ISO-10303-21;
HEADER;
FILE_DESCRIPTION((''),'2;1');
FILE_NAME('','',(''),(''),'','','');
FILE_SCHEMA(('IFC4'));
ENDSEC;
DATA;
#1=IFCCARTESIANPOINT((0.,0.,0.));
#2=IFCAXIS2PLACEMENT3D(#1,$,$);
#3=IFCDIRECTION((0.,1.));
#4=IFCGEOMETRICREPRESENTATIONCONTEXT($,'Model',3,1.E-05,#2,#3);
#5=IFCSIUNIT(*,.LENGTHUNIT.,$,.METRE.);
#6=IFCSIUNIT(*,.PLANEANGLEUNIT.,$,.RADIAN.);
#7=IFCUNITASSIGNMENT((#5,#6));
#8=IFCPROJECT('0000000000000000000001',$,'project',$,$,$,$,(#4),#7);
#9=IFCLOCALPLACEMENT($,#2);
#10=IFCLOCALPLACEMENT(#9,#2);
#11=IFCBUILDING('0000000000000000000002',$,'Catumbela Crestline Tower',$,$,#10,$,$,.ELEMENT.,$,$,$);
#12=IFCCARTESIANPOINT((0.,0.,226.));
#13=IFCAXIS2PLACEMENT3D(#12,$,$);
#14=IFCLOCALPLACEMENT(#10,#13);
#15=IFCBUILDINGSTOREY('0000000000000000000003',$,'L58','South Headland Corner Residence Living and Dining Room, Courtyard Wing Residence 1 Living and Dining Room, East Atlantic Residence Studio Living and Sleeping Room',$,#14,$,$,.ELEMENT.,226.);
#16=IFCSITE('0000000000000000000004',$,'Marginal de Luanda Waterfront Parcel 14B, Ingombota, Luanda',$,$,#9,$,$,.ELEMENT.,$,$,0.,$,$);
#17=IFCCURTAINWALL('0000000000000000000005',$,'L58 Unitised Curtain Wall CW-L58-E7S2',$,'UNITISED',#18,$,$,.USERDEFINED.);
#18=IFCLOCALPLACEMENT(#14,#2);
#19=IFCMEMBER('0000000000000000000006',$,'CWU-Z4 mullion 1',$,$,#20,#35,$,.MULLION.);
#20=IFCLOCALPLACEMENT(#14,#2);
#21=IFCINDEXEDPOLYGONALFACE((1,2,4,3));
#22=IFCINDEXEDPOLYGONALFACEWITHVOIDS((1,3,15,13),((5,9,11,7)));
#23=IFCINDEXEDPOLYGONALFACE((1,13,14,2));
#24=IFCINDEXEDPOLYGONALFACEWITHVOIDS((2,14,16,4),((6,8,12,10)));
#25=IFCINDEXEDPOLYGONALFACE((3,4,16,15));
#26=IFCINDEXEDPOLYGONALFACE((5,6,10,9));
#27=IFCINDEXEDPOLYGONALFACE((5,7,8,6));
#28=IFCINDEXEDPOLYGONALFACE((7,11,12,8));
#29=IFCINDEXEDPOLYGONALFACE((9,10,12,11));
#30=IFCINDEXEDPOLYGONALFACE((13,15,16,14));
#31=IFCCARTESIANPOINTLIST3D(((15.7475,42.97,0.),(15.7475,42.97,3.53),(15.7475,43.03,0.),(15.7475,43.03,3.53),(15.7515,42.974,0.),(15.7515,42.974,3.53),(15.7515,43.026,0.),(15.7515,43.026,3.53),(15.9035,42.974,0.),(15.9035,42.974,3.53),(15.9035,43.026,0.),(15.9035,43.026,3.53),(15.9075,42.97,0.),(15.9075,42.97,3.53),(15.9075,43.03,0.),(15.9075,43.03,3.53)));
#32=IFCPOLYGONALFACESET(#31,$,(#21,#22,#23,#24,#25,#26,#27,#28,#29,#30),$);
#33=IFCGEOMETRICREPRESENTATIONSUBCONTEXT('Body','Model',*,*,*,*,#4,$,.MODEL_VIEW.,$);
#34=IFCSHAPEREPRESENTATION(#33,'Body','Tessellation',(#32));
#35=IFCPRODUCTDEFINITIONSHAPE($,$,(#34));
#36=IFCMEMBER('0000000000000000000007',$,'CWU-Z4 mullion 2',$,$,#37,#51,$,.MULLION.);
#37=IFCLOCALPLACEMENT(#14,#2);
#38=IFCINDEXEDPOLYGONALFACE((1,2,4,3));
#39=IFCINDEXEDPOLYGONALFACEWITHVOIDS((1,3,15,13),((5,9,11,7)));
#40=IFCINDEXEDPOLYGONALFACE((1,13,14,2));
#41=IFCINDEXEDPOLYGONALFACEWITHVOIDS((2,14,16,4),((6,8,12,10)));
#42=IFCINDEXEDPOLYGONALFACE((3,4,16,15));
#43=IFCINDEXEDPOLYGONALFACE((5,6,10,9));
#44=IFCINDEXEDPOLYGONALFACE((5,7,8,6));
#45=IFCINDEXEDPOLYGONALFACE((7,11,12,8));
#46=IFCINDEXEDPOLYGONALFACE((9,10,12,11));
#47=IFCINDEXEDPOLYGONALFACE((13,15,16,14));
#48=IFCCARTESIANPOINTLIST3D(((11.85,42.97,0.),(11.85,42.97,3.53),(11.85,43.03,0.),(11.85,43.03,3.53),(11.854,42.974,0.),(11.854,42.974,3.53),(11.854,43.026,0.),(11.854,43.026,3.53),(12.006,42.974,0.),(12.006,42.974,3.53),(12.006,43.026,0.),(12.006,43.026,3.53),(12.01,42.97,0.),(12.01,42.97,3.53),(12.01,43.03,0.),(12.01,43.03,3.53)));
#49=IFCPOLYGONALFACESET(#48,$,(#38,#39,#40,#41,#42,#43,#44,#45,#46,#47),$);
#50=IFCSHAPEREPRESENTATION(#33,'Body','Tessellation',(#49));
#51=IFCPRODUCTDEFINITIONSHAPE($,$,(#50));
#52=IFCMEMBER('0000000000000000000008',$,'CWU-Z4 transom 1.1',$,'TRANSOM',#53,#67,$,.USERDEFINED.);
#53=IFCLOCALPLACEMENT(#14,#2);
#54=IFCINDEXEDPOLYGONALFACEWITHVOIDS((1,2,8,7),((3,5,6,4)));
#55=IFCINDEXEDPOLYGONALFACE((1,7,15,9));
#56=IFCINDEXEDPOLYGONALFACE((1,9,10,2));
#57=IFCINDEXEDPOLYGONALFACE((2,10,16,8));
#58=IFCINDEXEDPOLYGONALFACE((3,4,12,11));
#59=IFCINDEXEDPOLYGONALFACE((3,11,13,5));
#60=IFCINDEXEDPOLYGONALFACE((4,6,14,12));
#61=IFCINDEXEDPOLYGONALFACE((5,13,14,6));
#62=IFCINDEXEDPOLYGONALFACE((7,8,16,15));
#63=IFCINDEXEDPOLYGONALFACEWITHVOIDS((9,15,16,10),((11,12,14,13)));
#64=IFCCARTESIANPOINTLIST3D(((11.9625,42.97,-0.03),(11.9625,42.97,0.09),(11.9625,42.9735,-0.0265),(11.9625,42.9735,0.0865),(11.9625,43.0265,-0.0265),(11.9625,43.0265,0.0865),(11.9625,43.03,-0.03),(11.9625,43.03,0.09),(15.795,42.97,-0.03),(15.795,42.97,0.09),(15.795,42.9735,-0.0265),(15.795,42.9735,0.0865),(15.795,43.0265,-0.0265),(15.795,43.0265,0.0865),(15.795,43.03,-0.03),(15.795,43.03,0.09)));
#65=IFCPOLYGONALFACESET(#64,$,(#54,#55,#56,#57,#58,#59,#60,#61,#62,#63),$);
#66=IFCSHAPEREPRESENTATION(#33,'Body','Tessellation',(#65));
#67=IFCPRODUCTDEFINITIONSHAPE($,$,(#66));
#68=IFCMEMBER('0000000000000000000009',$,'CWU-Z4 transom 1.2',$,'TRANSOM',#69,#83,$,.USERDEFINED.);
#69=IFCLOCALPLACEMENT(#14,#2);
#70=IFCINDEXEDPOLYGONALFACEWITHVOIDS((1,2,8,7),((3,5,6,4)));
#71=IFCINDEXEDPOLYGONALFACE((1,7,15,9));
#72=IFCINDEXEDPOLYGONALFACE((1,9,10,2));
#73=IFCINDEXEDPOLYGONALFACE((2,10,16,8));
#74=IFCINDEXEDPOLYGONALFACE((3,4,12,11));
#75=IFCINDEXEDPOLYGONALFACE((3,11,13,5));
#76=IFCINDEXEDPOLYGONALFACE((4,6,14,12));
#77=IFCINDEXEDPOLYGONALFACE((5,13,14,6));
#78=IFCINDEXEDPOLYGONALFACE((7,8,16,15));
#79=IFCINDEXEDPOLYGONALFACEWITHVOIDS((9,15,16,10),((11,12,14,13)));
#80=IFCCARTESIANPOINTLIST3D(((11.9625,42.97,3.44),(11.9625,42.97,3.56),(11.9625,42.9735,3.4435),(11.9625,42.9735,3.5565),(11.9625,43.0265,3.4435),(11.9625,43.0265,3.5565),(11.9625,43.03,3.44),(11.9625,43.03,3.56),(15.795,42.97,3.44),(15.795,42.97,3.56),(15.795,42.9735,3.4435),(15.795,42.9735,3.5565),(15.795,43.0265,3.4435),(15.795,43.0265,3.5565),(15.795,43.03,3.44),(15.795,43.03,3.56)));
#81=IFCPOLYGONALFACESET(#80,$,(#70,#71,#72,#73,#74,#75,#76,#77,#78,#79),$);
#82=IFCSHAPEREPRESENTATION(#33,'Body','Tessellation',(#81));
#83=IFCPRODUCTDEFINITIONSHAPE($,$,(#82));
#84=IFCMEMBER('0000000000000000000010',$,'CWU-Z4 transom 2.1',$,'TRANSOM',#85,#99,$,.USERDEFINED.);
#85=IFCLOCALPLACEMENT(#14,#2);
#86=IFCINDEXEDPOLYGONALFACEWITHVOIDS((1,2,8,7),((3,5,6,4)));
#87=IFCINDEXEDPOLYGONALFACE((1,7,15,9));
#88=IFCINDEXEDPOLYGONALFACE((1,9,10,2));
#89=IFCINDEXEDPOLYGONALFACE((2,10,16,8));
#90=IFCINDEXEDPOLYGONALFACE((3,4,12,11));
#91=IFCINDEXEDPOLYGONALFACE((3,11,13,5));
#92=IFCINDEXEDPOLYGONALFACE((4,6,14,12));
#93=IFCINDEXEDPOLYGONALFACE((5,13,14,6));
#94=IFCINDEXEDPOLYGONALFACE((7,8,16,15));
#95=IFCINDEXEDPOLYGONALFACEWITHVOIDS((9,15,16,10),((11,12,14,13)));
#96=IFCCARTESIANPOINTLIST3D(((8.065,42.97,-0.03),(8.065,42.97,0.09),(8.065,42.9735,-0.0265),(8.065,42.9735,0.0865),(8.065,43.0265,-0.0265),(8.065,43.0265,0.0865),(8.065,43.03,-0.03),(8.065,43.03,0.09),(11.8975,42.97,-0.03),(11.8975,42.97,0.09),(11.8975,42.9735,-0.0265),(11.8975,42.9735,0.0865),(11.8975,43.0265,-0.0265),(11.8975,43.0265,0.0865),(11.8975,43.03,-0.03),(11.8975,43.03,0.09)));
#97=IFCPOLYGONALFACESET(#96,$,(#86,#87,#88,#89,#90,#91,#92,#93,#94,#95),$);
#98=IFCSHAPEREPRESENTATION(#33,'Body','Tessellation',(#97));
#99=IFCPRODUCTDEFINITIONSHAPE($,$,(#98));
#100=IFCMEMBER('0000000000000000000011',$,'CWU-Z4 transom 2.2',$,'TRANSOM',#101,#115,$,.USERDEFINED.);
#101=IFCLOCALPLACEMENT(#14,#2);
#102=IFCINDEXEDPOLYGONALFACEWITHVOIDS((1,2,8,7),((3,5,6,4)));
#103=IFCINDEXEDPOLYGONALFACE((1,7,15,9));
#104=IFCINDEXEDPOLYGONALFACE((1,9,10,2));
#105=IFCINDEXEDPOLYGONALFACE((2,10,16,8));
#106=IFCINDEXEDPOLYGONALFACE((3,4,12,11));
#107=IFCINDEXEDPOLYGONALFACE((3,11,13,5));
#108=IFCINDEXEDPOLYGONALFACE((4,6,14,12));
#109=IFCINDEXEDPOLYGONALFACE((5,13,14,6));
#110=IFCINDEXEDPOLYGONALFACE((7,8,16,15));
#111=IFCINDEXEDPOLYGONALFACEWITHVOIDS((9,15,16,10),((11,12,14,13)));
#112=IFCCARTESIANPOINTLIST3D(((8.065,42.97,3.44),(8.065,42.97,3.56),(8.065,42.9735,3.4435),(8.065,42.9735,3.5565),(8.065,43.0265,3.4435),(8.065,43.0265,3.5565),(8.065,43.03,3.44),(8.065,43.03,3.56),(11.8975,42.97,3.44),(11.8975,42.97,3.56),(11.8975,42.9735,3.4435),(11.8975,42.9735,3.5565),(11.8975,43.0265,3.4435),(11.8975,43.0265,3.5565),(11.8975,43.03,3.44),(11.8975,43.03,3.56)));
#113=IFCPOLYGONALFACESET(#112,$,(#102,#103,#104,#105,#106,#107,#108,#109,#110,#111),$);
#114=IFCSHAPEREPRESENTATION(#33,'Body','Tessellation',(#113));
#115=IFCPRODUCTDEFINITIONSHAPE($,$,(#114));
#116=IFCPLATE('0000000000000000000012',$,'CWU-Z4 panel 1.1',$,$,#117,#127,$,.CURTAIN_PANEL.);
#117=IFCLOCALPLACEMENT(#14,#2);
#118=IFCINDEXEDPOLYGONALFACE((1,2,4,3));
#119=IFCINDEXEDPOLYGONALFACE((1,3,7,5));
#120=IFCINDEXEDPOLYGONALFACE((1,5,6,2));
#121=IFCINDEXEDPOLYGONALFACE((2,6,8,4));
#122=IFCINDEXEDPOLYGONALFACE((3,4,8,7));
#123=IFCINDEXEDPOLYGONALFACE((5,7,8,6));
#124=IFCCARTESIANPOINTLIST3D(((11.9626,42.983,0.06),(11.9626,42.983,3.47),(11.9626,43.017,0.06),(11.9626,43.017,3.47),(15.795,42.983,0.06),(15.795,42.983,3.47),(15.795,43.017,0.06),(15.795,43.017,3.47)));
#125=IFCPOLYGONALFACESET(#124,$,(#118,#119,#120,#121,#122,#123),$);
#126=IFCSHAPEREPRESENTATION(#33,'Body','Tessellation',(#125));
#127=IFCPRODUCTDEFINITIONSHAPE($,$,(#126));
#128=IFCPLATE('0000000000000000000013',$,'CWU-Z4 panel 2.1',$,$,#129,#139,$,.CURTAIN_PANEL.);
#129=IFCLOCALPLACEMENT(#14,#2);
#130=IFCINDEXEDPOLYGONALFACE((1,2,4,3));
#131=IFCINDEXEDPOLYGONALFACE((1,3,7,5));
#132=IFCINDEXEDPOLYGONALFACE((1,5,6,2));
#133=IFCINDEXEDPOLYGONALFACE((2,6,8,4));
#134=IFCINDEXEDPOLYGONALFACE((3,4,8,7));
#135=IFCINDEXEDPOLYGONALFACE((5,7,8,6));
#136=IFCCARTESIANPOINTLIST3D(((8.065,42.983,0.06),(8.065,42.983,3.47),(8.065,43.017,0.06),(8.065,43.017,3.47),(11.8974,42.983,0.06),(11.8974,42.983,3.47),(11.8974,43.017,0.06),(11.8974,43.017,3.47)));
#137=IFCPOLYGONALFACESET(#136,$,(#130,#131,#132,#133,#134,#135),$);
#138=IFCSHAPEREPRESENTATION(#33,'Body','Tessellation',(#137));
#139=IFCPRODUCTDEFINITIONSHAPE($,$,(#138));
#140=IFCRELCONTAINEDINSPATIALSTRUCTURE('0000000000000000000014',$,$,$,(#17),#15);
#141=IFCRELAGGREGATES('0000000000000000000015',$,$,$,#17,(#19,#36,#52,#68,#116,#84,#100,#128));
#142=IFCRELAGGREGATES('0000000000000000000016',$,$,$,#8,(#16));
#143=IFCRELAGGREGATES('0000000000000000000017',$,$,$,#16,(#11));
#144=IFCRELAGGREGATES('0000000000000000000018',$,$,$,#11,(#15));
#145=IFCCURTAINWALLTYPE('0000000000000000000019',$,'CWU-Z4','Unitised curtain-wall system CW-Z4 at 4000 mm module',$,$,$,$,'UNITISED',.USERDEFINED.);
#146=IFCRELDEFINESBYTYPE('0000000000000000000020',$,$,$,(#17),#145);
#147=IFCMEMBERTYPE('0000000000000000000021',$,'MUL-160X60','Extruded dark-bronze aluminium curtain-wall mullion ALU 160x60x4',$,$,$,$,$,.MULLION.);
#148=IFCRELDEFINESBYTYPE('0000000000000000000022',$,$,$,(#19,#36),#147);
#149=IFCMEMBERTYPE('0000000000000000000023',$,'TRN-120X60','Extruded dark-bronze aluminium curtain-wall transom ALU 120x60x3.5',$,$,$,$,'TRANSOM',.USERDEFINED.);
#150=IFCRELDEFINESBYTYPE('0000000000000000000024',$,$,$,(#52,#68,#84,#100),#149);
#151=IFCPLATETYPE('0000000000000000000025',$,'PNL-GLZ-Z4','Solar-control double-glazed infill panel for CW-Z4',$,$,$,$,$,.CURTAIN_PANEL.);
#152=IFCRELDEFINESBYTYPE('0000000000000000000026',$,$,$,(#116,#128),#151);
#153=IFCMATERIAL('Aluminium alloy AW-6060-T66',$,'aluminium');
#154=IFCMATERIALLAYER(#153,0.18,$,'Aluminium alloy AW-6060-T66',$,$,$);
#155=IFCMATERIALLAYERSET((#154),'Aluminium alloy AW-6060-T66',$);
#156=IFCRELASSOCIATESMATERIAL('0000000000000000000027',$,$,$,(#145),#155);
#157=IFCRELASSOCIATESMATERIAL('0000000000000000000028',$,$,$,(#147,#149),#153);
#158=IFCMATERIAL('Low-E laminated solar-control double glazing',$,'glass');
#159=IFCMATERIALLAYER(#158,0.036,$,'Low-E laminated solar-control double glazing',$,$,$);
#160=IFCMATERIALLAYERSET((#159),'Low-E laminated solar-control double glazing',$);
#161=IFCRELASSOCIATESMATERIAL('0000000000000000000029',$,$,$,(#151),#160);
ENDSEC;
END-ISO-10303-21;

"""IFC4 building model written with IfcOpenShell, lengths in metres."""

from ifc_helpers import new_model, si_unit, direction, frame, origin, origin_2d, place, context, subcontext, project, spatial, rectangle, hollow_rectangle, extrude, material, layer, layer_set, material_profile, profile_set, type_object, element, aggregate, save


model = new_model("IFC4")

# Units and contexts
model_context = context("Model", 3, precision=1e-05, world=origin(), true_north=direction((0.0, 1.0)))
body_context = subcontext(model_context, "Body", "Model", "MODEL_VIEW")
ifc_project = project(units=[si_unit("LENGTHUNIT", "METRE"), si_unit("PLANEANGLEUNIT", "RADIAN")], contexts=[model_context])

# Site, building, storey
site_placement = place(None, origin())
site = spatial("IfcSite", under=ifc_project, at=site_placement, Name="Marginal de Luanda Waterfront Parcel 14B, Ingombota, Luanda", CompositionType="ELEMENT", RefElevation=0.0)
building_placement = place(site_placement, origin())
building = spatial("IfcBuilding", under=site, at=building_placement, Name="Catumbela Crestline Tower", CompositionType="ELEMENT")
storey_placement = place(building_placement, frame((0.0, 0.0, 226.0)))
storey = spatial("IfcBuildingStorey", under=building, at=storey_placement, Name="L58", Description="South Headland Corner Residence Living and Dining Room, Courtyard Wing Residence 1 Living and Dining Room, East Atlantic Residence Studio Living and Sleeping Room", CompositionType="ELEMENT", Elevation=226.0)

# Curtain wall, members, plates
ifc_material_1 = material(Name="Aluminium alloy AW-6060-T66", Category="aluminium")
ifc_layer_1 = layer(ifc_material_1, 0.18, Name="Aluminium alloy AW-6060-T66")
ifc_layer_set_1 = layer_set([ifc_layer_1], Name="Aluminium alloy AW-6060-T66")
curtain_wall_type = type_object("IfcCurtainWallType", Name="CWU-Z4", Description="Unitised curtain-wall system CW-Z4 at 4000 mm module", ElementType="UNITISED", PredefinedType="USERDEFINED", material=ifc_layer_set_1)
curtain_wall_placement = place(storey_placement, origin())
curtain_wall = element("IfcCurtainWall", 1, at=curtain_wall_placement, inside=storey, type_object=curtain_wall_type, Name="L58 Unitised Curtain Wall CW-L58-E7S2", ObjectType="UNITISED", PredefinedType="USERDEFINED")
ifc_material_profile_1 = material_profile(ifc_material_1, hollow_rectangle(XDim=0.06, YDim=0.16, WallThickness=0.004, at=origin_2d()), Name="ALU 160x60x4")
ifc_profile_set_1 = profile_set([ifc_material_profile_1], Name="Aluminium alloy AW-6060-T66")
member_type_1 = type_object("IfcMemberType", Name="MUL-160X60", Description="Extruded dark-bronze aluminium curtain-wall mullion ALU 160x60x4", PredefinedType="MULLION", material=ifc_profile_set_1)
member_1_placement = place(storey_placement, frame((15.8275, 43.0, 0.0), z_axis=(0.0, 0.0, 1.0), x_axis=(0.0, -1.0, 0.0)))
member_1 = element("IfcMember", 2, at=member_1_placement, type_object=member_type_1, Name="CWU-Z4 mullion 1", PredefinedType="MULLION", context=body_context, shape_type="SweptSolid", body=[
    extrude(hollow_rectangle(XDim=0.06, YDim=0.16, WallThickness=0.004, at=origin_2d()), origin(), (0.0, 0.0, 1.0), 3.53),
])
member_2_placement = place(storey_placement, frame((11.93, 43.0, 0.0), z_axis=(0.0, 0.0, 1.0), x_axis=(0.0, -1.0, 0.0)))
member_2 = element("IfcMember", 3, at=member_2_placement, type_object=member_type_1, Name="CWU-Z4 mullion 2", PredefinedType="MULLION", context=body_context, shape_type="SweptSolid", body=[
    extrude(hollow_rectangle(XDim=0.06, YDim=0.16, WallThickness=0.004, at=origin_2d()), origin(), (0.0, 0.0, 1.0), 3.53),
])
ifc_material_profile_2 = material_profile(ifc_material_1, hollow_rectangle(XDim=0.06, YDim=0.12, WallThickness=0.0035, at=origin_2d()), Name="ALU 120x60x3.5")
ifc_profile_set_2 = profile_set([ifc_material_profile_2], Name="Aluminium alloy AW-6060-T66")
member_type_2 = type_object("IfcMemberType", Name="TRN-120X60", Description="Extruded dark-bronze aluminium curtain-wall transom ALU 120x60x3.5", ElementType="TRANSOM", PredefinedType="USERDEFINED", material=ifc_profile_set_2)
member_3_placement = place(storey_placement, frame((15.795, 43.0, 0.03), z_axis=(-1.0, 0.0, 0.0), x_axis=(0.0, -1.0, 0.0)))
member_3 = element("IfcMember", 4, at=member_3_placement, type_object=member_type_2, Name="CWU-Z4 transom 1.1", ObjectType="TRANSOM", PredefinedType="USERDEFINED", context=body_context, shape_type="SweptSolid", body=[
    extrude(hollow_rectangle(XDim=0.06, YDim=0.12, WallThickness=0.0035, at=origin_2d()), origin(), (0.0, 0.0, 1.0), 3.8325),
])
member_4_placement = place(storey_placement, frame((15.795, 43.0, 3.5), z_axis=(-1.0, 0.0, 0.0), x_axis=(0.0, -1.0, 0.0)))
member_4 = element("IfcMember", 5, at=member_4_placement, type_object=member_type_2, Name="CWU-Z4 transom 1.2", ObjectType="TRANSOM", PredefinedType="USERDEFINED", context=body_context, shape_type="SweptSolid", body=[
    extrude(hollow_rectangle(XDim=0.06, YDim=0.12, WallThickness=0.0035, at=origin_2d()), origin(), (0.0, 0.0, 1.0), 3.8325),
])
member_5_placement = place(storey_placement, frame((11.8975, 43.0, 0.03), z_axis=(-1.0, 0.0, 0.0), x_axis=(0.0, -1.0, 0.0)))
member_5 = element("IfcMember", 6, at=member_5_placement, type_object=member_type_2, Name="CWU-Z4 transom 2.1", ObjectType="TRANSOM", PredefinedType="USERDEFINED", context=body_context, shape_type="SweptSolid", body=[
    extrude(hollow_rectangle(XDim=0.06, YDim=0.12, WallThickness=0.0035, at=origin_2d()), origin(), (0.0, 0.0, 1.0), 3.8325),
])
member_6_placement = place(storey_placement, frame((11.8975, 43.0, 3.5), z_axis=(-1.0, 0.0, 0.0), x_axis=(0.0, -1.0, 0.0)))
member_6 = element("IfcMember", 7, at=member_6_placement, type_object=member_type_2, Name="CWU-Z4 transom 2.2", ObjectType="TRANSOM", PredefinedType="USERDEFINED", context=body_context, shape_type="SweptSolid", body=[
    extrude(hollow_rectangle(XDim=0.06, YDim=0.12, WallThickness=0.0035, at=origin_2d()), origin(), (0.0, 0.0, 1.0), 3.8325),
])
ifc_material_2 = material(Name="Low-E laminated solar-control double glazing", Category="glass")
ifc_layer_2 = layer(ifc_material_2, 0.036, Name="Low-E laminated solar-control double glazing")
ifc_layer_set_2 = layer_set([ifc_layer_2], Name="Low-E laminated solar-control double glazing")
plate_type = type_object("IfcPlateType", Name="PNL-GLZ-Z4", Description="Solar-control double-glazed infill panel for CW-Z4", PredefinedType="CURTAIN_PANEL", material=ifc_layer_set_2)
plate_1_placement = place(storey_placement, frame((13.8788, 43.0, 0.06), z_axis=(0.0, 0.0, 1.0), x_axis=(-1.0, 0.0, 0.0)))
plate_1 = element("IfcPlate", 8, at=plate_1_placement, type_object=plate_type, Name="CWU-Z4 panel 1.1", PredefinedType="CURTAIN_PANEL", context=body_context, shape_type="SweptSolid", body=[
    extrude(rectangle(XDim=3.8325, YDim=0.034, at=origin_2d()), origin(), (0.0, 0.0, 1.0), 3.41),
])
plate_2_placement = place(storey_placement, frame((9.9812, 43.0, 0.06), z_axis=(0.0, 0.0, 1.0), x_axis=(-1.0, 0.0, 0.0)))
plate_2 = element("IfcPlate", 9, at=plate_2_placement, type_object=plate_type, Name="CWU-Z4 panel 2.1", PredefinedType="CURTAIN_PANEL", context=body_context, shape_type="SweptSolid", body=[
    extrude(rectangle(XDim=3.8325, YDim=0.034, at=origin_2d()), origin(), (0.0, 0.0, 1.0), 3.41),
])
aggregate(curtain_wall, [member_1, member_2, member_3, member_4, plate_1, member_5, member_6, plate_2])

save(model, "model.ifc")
